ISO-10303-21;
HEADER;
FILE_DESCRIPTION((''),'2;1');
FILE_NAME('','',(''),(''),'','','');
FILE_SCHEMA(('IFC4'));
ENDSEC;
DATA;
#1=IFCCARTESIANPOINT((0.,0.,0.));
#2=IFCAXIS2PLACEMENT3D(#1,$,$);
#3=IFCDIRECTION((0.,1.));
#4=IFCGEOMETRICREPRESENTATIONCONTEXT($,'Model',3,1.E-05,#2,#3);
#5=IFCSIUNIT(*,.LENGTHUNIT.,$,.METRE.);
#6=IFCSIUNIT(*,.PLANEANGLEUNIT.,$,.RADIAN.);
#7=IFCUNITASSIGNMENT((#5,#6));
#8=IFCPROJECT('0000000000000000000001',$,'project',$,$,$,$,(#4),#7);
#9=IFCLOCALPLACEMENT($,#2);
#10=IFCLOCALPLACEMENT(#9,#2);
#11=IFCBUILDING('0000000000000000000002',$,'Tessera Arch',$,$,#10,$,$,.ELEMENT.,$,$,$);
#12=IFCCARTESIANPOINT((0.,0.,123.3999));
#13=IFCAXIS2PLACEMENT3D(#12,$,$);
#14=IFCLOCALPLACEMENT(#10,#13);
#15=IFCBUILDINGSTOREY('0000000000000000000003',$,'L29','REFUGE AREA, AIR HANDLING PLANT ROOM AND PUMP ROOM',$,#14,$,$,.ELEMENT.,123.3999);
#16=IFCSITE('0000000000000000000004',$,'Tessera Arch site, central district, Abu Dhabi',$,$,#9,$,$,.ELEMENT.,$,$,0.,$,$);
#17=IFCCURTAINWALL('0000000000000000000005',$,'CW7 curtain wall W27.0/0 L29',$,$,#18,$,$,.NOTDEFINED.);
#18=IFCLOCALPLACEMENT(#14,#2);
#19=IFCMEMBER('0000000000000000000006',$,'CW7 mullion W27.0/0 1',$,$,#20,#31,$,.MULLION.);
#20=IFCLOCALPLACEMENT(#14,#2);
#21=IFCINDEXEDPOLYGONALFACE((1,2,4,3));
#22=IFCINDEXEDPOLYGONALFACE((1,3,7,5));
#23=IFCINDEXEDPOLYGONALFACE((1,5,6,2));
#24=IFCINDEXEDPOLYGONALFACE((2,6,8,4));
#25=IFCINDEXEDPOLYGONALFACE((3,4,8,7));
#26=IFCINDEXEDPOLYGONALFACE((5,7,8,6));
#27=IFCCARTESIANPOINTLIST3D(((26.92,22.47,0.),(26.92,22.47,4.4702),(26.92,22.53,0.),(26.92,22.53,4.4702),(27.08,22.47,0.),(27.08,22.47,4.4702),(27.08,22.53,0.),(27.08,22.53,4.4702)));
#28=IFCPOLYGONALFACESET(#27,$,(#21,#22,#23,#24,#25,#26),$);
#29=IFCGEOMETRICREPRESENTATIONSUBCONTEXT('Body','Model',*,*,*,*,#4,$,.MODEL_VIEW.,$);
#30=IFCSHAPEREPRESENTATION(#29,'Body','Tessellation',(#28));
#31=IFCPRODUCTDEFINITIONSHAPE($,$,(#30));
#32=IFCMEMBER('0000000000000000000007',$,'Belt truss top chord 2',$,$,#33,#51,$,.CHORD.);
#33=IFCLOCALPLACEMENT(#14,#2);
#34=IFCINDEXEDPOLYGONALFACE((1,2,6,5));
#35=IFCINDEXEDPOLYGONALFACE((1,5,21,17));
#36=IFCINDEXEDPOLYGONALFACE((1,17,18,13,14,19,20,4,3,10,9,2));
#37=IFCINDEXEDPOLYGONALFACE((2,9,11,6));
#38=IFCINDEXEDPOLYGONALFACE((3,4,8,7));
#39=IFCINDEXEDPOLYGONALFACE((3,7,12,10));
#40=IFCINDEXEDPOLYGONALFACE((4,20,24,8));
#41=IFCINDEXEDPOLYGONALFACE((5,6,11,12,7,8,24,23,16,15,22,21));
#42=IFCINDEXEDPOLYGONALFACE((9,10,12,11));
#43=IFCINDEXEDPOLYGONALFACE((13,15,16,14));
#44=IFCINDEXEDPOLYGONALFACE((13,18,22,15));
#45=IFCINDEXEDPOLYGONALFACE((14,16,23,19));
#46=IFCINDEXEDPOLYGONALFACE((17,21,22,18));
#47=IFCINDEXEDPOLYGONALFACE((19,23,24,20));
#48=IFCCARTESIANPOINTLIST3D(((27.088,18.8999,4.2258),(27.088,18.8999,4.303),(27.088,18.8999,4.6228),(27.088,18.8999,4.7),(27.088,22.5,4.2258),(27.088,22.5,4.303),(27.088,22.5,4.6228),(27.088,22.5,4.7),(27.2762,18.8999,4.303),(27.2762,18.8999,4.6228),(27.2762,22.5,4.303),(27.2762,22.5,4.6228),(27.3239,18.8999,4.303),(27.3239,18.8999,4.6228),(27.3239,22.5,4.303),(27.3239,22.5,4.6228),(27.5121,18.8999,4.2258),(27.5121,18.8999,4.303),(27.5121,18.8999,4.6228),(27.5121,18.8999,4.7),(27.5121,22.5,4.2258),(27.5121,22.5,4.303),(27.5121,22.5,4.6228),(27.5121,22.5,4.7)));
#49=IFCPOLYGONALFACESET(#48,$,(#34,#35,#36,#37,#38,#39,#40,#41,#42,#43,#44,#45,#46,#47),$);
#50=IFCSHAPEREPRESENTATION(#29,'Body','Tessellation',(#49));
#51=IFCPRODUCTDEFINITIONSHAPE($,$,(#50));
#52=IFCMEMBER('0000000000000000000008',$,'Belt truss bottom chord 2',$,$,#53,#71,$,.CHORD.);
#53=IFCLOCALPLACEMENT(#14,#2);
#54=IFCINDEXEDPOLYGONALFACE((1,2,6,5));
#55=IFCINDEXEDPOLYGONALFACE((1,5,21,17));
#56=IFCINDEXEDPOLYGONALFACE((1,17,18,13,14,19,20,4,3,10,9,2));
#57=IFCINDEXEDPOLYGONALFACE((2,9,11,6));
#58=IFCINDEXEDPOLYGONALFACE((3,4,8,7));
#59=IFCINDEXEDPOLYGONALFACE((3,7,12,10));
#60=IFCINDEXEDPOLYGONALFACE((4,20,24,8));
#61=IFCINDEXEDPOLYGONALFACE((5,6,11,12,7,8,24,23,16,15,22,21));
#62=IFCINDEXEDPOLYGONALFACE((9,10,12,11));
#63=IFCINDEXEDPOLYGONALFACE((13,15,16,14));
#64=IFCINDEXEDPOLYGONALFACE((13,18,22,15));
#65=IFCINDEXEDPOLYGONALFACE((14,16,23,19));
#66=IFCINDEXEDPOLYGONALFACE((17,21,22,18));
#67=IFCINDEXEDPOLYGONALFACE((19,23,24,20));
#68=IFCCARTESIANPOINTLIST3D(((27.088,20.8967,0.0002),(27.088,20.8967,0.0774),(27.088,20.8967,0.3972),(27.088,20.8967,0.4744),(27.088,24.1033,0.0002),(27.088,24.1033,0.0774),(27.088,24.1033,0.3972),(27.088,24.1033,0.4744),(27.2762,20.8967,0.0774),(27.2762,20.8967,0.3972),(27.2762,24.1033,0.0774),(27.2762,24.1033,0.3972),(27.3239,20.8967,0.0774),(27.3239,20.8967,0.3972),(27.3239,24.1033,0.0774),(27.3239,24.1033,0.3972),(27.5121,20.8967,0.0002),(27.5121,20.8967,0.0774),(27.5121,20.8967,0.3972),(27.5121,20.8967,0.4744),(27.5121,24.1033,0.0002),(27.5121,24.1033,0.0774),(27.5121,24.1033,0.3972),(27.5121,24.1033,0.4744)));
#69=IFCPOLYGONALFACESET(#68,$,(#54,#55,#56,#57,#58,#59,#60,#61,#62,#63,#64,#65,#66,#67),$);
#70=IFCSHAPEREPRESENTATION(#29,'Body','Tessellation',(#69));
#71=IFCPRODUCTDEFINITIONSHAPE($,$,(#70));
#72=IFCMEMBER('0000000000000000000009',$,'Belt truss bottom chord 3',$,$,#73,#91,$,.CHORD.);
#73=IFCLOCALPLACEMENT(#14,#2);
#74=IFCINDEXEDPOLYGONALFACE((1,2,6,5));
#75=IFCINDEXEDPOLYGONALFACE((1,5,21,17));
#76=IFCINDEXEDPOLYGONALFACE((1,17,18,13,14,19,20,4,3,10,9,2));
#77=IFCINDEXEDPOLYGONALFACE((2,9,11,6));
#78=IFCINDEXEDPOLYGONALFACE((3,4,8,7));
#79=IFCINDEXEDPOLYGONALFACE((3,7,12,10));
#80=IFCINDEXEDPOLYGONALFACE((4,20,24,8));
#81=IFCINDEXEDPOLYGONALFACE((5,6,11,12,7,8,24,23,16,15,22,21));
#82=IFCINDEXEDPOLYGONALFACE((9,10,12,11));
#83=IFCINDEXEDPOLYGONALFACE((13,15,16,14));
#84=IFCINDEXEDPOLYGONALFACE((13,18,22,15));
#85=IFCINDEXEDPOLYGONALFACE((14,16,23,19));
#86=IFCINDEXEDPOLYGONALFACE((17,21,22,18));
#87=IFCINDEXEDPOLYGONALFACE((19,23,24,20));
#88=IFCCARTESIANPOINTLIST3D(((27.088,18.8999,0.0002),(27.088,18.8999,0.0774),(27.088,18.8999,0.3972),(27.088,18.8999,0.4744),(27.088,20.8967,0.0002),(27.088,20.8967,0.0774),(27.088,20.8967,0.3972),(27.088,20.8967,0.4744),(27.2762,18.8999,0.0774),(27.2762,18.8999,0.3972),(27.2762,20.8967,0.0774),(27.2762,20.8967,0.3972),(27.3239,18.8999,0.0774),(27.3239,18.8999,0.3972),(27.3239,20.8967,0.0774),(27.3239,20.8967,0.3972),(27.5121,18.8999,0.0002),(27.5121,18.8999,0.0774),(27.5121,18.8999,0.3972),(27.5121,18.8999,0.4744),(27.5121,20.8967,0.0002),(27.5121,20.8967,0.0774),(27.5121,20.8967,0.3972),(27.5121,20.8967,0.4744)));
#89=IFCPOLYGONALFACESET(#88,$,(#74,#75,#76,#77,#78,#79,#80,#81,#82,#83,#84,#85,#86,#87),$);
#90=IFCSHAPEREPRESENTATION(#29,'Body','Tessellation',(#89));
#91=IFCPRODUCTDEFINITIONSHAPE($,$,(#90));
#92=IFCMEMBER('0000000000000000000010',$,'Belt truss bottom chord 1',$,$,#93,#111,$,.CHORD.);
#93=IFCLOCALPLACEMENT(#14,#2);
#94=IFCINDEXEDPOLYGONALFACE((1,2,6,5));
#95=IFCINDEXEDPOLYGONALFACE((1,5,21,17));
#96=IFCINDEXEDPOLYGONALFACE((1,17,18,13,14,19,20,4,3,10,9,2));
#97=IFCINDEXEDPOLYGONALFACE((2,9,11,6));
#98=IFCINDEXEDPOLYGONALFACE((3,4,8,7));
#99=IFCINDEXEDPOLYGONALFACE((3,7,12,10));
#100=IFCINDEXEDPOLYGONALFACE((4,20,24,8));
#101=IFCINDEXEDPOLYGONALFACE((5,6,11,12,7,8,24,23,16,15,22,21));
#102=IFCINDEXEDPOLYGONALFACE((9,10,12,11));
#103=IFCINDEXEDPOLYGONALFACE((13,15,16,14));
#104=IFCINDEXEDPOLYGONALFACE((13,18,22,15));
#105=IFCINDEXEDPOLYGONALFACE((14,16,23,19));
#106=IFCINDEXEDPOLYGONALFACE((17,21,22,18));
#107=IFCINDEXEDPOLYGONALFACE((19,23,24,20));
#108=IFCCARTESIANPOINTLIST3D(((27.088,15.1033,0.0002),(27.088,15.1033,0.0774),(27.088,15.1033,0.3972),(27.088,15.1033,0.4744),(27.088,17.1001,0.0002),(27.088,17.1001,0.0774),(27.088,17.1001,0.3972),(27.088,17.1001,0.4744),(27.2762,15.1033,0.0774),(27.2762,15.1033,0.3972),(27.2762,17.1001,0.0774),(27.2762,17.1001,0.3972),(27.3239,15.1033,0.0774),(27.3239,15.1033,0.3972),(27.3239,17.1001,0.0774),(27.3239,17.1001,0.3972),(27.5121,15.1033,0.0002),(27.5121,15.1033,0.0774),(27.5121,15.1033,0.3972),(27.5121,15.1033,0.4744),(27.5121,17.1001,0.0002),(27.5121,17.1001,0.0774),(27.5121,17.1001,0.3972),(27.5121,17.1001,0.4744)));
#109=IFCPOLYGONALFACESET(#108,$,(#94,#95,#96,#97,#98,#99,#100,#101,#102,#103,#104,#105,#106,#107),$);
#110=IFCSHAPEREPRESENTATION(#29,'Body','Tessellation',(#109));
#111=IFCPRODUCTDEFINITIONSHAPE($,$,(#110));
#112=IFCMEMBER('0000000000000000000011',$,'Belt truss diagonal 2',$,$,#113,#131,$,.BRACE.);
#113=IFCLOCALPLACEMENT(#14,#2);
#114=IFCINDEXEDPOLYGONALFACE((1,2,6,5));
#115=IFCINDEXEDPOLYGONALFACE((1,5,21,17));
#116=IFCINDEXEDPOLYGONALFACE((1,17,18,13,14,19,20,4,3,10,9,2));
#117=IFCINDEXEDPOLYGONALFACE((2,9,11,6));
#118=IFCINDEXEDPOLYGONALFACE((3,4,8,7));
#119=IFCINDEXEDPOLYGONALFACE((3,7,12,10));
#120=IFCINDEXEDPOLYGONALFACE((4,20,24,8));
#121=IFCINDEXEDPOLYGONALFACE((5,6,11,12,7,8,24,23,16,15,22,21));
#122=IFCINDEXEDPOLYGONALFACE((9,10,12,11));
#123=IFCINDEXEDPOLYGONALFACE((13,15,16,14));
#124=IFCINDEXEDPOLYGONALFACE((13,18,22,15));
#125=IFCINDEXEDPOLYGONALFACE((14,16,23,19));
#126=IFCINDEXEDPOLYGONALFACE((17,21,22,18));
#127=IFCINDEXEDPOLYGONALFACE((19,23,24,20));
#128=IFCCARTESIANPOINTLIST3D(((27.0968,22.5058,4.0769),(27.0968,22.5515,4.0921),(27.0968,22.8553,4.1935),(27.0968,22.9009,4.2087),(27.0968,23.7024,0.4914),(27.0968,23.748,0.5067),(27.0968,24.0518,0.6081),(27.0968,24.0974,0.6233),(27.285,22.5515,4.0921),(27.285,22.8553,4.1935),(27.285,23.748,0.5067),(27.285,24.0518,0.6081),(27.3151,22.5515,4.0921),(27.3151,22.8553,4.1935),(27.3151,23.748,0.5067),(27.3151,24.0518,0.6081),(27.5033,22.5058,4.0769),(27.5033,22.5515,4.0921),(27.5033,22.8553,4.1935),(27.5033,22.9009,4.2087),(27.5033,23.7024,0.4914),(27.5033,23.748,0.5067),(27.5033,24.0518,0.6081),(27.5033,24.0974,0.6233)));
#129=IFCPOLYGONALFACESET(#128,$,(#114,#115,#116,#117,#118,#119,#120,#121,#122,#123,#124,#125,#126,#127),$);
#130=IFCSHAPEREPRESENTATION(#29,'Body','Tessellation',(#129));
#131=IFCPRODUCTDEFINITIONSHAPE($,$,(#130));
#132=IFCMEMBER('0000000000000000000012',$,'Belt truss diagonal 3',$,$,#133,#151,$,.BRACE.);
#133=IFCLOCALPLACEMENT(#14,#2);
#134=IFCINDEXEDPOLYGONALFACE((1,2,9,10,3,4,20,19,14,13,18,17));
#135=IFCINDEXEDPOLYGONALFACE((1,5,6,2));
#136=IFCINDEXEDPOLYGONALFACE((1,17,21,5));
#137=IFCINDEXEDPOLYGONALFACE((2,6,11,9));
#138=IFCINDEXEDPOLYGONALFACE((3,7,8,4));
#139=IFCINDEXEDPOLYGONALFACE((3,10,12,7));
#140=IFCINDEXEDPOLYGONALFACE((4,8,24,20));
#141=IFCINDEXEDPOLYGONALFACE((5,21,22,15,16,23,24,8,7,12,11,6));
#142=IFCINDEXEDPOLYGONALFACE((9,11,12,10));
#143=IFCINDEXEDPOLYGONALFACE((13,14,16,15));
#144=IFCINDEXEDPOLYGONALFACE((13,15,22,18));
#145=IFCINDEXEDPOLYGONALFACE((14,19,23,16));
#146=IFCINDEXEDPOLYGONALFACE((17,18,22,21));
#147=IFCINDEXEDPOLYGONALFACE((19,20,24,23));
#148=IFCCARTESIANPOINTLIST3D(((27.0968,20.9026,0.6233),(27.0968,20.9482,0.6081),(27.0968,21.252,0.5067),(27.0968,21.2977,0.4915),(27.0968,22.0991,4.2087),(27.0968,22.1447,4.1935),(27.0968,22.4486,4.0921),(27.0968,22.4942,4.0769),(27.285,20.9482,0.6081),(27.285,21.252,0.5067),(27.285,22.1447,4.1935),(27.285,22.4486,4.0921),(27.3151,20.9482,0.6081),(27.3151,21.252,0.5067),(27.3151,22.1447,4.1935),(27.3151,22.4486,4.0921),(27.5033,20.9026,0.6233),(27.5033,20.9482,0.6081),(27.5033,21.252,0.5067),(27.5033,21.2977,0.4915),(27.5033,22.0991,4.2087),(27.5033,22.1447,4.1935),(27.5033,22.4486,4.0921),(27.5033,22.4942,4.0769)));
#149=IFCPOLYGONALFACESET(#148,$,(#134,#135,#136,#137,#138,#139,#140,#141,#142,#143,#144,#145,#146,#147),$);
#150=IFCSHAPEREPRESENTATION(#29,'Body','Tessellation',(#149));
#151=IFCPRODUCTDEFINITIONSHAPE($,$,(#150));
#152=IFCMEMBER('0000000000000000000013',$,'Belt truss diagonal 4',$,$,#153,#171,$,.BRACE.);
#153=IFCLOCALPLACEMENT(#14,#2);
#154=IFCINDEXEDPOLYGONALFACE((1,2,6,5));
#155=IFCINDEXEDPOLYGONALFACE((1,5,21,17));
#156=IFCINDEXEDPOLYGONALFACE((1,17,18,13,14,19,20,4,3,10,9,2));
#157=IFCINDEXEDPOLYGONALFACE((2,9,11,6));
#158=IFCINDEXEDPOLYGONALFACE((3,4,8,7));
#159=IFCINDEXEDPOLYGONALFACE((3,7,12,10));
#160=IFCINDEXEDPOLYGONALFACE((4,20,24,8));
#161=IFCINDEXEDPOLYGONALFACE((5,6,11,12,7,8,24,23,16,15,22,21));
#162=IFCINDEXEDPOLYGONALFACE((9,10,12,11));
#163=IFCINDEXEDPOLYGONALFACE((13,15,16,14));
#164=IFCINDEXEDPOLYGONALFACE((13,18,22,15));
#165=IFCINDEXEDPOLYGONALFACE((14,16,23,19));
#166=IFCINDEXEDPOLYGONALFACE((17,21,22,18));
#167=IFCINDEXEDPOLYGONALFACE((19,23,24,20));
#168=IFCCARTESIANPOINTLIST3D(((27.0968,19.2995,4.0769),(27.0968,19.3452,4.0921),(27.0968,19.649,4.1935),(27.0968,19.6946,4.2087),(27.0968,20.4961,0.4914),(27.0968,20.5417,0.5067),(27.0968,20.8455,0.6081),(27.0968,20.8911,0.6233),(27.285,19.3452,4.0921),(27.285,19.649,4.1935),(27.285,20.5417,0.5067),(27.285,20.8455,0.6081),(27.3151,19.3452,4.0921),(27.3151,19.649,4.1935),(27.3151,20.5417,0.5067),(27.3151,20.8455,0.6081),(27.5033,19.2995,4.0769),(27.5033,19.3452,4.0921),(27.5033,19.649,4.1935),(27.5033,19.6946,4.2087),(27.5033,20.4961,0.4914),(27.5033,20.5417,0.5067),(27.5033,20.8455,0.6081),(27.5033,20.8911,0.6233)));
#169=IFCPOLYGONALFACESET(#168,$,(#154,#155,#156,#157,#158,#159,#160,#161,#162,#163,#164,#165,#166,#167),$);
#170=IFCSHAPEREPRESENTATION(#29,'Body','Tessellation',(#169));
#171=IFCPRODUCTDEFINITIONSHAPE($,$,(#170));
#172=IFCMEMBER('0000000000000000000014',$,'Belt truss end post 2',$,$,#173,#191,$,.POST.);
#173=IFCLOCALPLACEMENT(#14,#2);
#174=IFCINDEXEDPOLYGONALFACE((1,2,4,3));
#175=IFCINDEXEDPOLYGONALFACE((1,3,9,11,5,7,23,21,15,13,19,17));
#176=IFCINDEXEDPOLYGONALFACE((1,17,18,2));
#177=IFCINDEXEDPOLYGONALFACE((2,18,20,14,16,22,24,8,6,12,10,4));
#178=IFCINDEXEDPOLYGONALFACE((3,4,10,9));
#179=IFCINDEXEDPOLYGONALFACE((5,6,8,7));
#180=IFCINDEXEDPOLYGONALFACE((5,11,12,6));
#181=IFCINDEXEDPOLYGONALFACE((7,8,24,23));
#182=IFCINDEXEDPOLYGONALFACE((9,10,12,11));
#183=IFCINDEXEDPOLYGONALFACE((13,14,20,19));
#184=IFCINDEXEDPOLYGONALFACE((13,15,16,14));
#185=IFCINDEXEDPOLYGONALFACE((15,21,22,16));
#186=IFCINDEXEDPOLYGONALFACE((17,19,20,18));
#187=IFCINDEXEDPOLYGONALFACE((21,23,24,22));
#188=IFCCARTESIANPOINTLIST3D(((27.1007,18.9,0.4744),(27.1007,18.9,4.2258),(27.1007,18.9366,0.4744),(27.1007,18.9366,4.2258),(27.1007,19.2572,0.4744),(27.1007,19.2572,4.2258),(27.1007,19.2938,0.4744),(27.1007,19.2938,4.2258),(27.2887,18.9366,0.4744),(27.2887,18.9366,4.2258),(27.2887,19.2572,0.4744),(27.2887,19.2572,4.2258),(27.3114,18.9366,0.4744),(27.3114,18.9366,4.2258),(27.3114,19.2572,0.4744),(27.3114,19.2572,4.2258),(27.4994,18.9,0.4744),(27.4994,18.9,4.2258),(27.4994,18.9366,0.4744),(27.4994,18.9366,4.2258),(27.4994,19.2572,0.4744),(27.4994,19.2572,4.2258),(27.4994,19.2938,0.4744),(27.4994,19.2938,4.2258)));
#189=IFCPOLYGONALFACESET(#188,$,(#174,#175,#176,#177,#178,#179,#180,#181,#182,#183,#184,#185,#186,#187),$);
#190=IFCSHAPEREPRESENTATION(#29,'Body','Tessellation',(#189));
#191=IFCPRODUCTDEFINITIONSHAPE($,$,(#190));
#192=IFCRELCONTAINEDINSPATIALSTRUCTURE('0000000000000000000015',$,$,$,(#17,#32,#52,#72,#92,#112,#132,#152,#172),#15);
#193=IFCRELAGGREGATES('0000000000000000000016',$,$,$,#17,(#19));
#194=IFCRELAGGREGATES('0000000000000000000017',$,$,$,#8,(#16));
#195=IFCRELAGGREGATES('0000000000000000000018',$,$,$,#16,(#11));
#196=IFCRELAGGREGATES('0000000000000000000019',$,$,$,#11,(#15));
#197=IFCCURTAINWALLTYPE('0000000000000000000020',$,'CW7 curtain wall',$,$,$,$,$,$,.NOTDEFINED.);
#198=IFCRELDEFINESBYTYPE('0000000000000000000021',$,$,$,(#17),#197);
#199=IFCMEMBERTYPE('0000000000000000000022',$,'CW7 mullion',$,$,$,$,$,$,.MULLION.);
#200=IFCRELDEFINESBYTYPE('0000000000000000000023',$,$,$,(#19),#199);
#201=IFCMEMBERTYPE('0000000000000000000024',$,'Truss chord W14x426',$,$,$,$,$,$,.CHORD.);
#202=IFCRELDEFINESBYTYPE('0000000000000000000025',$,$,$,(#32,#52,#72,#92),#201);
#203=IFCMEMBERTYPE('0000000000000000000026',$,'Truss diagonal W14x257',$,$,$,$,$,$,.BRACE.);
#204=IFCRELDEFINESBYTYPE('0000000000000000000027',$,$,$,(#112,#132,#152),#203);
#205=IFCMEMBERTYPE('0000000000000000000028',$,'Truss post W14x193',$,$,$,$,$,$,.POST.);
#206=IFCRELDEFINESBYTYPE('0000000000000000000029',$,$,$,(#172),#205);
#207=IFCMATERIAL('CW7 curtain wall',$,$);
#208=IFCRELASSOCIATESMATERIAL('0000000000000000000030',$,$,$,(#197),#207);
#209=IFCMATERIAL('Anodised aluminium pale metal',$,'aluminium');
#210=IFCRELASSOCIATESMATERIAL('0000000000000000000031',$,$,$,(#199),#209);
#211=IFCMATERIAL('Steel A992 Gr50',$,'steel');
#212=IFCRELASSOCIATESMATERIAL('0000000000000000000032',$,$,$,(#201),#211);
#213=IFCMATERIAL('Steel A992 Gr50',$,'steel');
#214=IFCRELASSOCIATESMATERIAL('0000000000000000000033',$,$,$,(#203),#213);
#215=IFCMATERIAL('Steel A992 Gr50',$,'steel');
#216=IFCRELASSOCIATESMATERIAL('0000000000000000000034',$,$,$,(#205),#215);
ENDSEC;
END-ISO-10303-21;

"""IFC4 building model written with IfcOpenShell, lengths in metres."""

from ifc_helpers import new_model, si_unit, direction, frame, origin, origin_2d, place, context, subcontext, project, spatial, rectangle, i_section, extrude, material, material_profile, profile_set, type_object, element, aggregate, save


model = new_model("IFC4")

# Units and contexts
model_context = context("Model", 3, precision=1e-05, world=origin(), true_north=direction((0.0, 1.0)))
body_context = subcontext(model_context, "Body", "Model", "MODEL_VIEW")
ifc_project = project(units=[si_unit("LENGTHUNIT", "METRE"), si_unit("PLANEANGLEUNIT", "RADIAN")], contexts=[model_context])

# Site, building, storey
site_placement = place(None, origin())
site = spatial("IfcSite", under=ifc_project, at=site_placement, Name="Tessera Arch site, central district, Abu Dhabi", CompositionType="ELEMENT", RefElevation=0.0)
building_placement = place(site_placement, origin())
building = spatial("IfcBuilding", under=site, at=building_placement, Name="Tessera Arch", CompositionType="ELEMENT")
storey_placement = place(building_placement, frame((0.0, 0.0, 123.3999)))
storey = spatial("IfcBuildingStorey", under=building, at=storey_placement, Name="L29", Description="REFUGE AREA, AIR HANDLING PLANT ROOM AND PUMP ROOM", CompositionType="ELEMENT", Elevation=123.3999)

# Curtain wall, member
ifc_material_1 = material(Name="CW7 curtain wall")
curtain_wall_type = type_object("IfcCurtainWallType", Name="CW7 curtain wall", PredefinedType="NOTDEFINED", material=ifc_material_1)
curtain_wall_placement = place(storey_placement, origin())
curtain_wall = element("IfcCurtainWall", 1, at=curtain_wall_placement, inside=storey, type_object=curtain_wall_type, Name="CW7 curtain wall W27.0/0 L29", PredefinedType="NOTDEFINED")
ifc_material_2 = material(Name="Anodised aluminium pale metal", Category="aluminium")
ifc_material_profile_1 = material_profile(ifc_material_2, rectangle(XDim=0.1599, YDim=0.0601, at=origin_2d()), Name="AL 60x160")
ifc_profile_set_1 = profile_set([ifc_material_profile_1], Name="Anodised aluminium pale metal")
member_type_1 = type_object("IfcMemberType", Name="CW7 mullion", PredefinedType="MULLION", material=ifc_profile_set_1)
member_1_placement = place(storey_placement, frame((27.0, 22.5, 0.0), z_axis=(0.0, 0.0, 1.0), x_axis=(1.0, 0.0, 0.0)))
member_1 = element("IfcMember", 2, at=member_1_placement, type_object=member_type_1, Name="CW7 mullion W27.0/0 1", PredefinedType="MULLION", context=body_context, shape_type="SweptSolid", body=[
    extrude(rectangle(XDim=0.1599, YDim=0.0601, at=origin_2d()), origin(), (0.0, 0.0, 1.0), 4.4702),
])

# Members
ifc_material_3 = material(Name="Steel A992 Gr50", Category="steel")
ifc_material_profile_2 = material_profile(ifc_material_3, i_section(OverallWidth=0.4241, OverallDepth=0.4741, WebThickness=0.0476, FlangeThickness=0.0771, at=origin_2d()), Name="W14x426")
ifc_profile_set_2 = profile_set([ifc_material_profile_2], Name="Steel A992 Gr50")
member_type_2 = type_object("IfcMemberType", Name="Truss chord W14x426", PredefinedType="CHORD", material=ifc_profile_set_2)
member_2_placement = place(storey_placement, frame((27.3, 22.5, 4.4629), z_axis=(0.0, -1.0, 0.0), x_axis=(1.0, 0.0, 0.0)))
element("IfcMember", 3, at=member_2_placement, inside=storey, type_object=member_type_2, Name="Belt truss top chord 2", PredefinedType="CHORD", context=body_context, shape_type="SweptSolid", body=[
    extrude(i_section(OverallWidth=0.4241, OverallDepth=0.4741, WebThickness=0.0476, FlangeThickness=0.0771, at=origin_2d()), origin(), (0.0, 0.0, 1.0), 3.6001),
])
member_3_placement = place(storey_placement, frame((27.3, 24.1033, 0.2373), z_axis=(0.0, -1.0, 0.0), x_axis=(1.0, 0.0, 0.0)))
element("IfcMember", 4, at=member_3_placement, inside=storey, type_object=member_type_2, Name="Belt truss bottom chord 2", PredefinedType="CHORD", context=body_context, shape_type="SweptSolid", body=[
    extrude(i_section(OverallWidth=0.4241, OverallDepth=0.4741, WebThickness=0.0476, FlangeThickness=0.0771, at=origin_2d()), origin(), (0.0, 0.0, 1.0), 3.2065),
])
for number, where, z_axis, x_axis, name in (
    (5, (27.3, 20.8967, 0.2373), (0.0, -1.0, 0.0), (1.0, 0.0, 0.0), "Belt truss bottom chord 3"),
    (6, (27.3, 17.1001, 0.2373), (0.0, -1.0, 0.0), (1.0, 0.0, 0.0), "Belt truss bottom chord 1"),
):
    element("IfcMember", number, at=place(storey_placement, frame(where, z_axis=z_axis, x_axis=x_axis)), inside=storey, type_object=member_type_2, Name=name, PredefinedType="CHORD", context=body_context, shape_type="SweptSolid", body=[
        extrude(i_section(OverallWidth=0.4241, OverallDepth=0.4741, WebThickness=0.0476, FlangeThickness=0.0771, at=origin_2d()), origin(), (0.0, 0.0, 1.0), 1.9968),
    ])
ifc_material_4 = material(Name="Steel A992 Gr50", Category="steel")
ifc_material_profile_3 = material_profile(ifc_material_4, i_section(OverallWidth=0.4065, OverallDepth=0.4165, WebThickness=0.03, FlangeThickness=0.0481, at=origin_2d()), Name="W14x257")
ifc_profile_set_3 = profile_set([ifc_material_profile_3], Name="Steel A992 Gr50")
member_type_3 = type_object("IfcMemberType", Name="Truss diagonal W14x257", PredefinedType="BRACE", material=ifc_profile_set_3)
for number, where, z_axis, x_axis, name in (
    (7, (27.3, 23.8999, 0.5574), (0.0, -0.316557, 0.948573), (1.0, 0.0, 0.0), "Belt truss diagonal 2"),
    (8, (27.3, 22.2966, 4.1428), (0.0, -0.316557, -0.948573), (1.0, 0.0, 0.0), "Belt truss diagonal 3"),
    (9, (27.3, 20.6936, 0.5574), (0.0, -0.316557, 0.948573), (1.0, 0.0, 0.0), "Belt truss diagonal 4"),
):
    element("IfcMember", number, at=place(storey_placement, frame(where, z_axis=z_axis, x_axis=x_axis)), inside=storey, type_object=member_type_3, Name=name, PredefinedType="BRACE", context=body_context, shape_type="SweptSolid", body=[
        extrude(i_section(OverallWidth=0.4065, OverallDepth=0.4165, WebThickness=0.03, FlangeThickness=0.0481, at=origin_2d()), origin(), (0.0, 0.0, 1.0), 3.7798),
    ])
ifc_material_5 = material(Name="Steel A992 Gr50", Category="steel")
ifc_material_profile_4 = material_profile(ifc_material_5, i_section(OverallWidth=0.3987, OverallDepth=0.3938, WebThickness=0.0227, FlangeThickness=0.0366, at=origin_2d()), Name="W14x193")
ifc_profile_set_4 = profile_set([ifc_material_profile_4], Name="Steel A992 Gr50")
member_type_4 = type_object("IfcMemberType", Name="Truss post W14x193", PredefinedType="POST", material=ifc_profile_set_4)
member_4_placement = place(storey_placement, frame((27.3, 19.0969, 0.4744), z_axis=(0.0, 0.0, 1.0), x_axis=(1.0, 0.0, 0.0)))
element("IfcMember", 10, at=member_4_placement, inside=storey, type_object=member_type_4, Name="Belt truss end post 2", PredefinedType="POST", context=body_context, shape_type="SweptSolid", body=[
    extrude(i_section(OverallWidth=0.3987, OverallDepth=0.3938, WebThickness=0.0227, FlangeThickness=0.0366, at=origin_2d()), origin(), (0.0, 0.0, 1.0), 3.7515),
])

aggregate(curtain_wall, [member_1])

save(model, "model.ifc")
